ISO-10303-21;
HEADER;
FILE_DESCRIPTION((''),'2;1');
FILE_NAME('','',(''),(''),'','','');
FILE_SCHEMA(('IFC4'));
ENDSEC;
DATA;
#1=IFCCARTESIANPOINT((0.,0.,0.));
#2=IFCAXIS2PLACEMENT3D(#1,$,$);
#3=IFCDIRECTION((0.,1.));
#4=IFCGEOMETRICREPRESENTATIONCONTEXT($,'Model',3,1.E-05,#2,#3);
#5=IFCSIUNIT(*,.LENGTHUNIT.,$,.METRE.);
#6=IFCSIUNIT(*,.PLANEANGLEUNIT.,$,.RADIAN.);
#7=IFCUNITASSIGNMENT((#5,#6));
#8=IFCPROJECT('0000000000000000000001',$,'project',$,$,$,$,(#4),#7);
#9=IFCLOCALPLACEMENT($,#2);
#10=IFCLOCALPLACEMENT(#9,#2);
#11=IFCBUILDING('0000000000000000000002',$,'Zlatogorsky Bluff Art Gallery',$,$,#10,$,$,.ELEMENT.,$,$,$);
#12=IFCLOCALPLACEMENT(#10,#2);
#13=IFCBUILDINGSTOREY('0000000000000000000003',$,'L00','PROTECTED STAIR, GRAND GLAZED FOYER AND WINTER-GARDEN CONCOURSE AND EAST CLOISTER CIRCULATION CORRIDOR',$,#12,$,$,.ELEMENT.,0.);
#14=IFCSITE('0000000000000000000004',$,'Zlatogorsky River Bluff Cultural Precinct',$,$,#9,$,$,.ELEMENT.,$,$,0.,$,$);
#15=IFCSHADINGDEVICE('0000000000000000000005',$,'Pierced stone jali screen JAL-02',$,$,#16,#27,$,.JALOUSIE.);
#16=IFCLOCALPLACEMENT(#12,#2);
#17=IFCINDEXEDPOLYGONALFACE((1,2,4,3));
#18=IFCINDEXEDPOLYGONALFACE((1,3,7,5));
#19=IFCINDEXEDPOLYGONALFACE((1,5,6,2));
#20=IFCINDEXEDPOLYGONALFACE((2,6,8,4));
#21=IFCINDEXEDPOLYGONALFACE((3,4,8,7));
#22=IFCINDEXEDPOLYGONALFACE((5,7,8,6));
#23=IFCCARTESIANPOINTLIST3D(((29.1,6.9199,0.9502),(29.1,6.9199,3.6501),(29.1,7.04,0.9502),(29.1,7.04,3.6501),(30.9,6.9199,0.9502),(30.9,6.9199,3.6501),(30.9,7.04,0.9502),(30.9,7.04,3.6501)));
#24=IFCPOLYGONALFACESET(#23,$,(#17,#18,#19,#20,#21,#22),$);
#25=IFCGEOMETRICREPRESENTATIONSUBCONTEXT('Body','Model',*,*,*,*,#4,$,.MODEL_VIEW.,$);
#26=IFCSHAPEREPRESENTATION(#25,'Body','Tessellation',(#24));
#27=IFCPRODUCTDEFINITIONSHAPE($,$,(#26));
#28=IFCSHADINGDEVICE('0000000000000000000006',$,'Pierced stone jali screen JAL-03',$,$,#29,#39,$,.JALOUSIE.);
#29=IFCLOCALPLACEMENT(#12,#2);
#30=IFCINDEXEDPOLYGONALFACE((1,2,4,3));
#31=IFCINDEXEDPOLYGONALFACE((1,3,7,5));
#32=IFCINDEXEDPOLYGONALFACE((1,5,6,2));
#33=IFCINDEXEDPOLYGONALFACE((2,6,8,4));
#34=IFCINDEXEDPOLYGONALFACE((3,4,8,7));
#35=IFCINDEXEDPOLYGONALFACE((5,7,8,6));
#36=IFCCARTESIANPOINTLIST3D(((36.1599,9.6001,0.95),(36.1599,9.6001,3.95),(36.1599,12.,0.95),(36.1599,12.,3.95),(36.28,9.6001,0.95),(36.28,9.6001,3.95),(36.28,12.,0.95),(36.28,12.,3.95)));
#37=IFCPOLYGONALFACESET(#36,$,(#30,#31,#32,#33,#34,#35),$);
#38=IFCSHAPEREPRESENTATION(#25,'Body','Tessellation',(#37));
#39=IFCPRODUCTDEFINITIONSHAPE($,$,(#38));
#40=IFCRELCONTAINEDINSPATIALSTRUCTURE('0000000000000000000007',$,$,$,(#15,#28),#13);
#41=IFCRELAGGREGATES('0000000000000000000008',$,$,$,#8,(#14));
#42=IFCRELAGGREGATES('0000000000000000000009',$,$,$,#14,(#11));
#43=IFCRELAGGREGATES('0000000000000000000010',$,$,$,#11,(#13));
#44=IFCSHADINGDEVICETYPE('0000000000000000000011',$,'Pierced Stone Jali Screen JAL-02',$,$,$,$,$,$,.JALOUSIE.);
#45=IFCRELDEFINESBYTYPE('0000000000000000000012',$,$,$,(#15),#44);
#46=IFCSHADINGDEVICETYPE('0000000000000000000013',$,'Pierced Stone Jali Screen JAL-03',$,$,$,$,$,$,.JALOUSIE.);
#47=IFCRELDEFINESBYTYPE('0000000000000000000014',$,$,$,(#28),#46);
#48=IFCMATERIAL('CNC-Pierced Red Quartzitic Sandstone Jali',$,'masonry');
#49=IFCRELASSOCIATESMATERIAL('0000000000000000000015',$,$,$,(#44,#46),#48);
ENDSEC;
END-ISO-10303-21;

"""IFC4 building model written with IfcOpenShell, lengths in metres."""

from ifc_helpers import new_model, si_unit, direction, frame, origin, origin_2d, place, context, subcontext, project, spatial, rectangle, extrude, material, type_object, element, save


model = new_model("IFC4")

# Units and contexts
model_context = context("Model", 3, precision=1e-05, world=origin(), true_north=direction((0.0, 1.0)))
body_context = subcontext(model_context, "Body", "Model", "MODEL_VIEW")
ifc_project = project(units=[si_unit("LENGTHUNIT", "METRE"), si_unit("PLANEANGLEUNIT", "RADIAN")], contexts=[model_context])

# Site, building, storey
site_placement = place(None, origin())
site = spatial("IfcSite", under=ifc_project, at=site_placement, Name="Zlatogorsky River Bluff Cultural Precinct", CompositionType="ELEMENT", RefElevation=0.0)
building_placement = place(site_placement, origin())
building = spatial("IfcBuilding", under=site, at=building_placement, Name="Zlatogorsky Bluff Art Gallery", CompositionType="ELEMENT")
storey_placement = place(building_placement, origin())
storey = spatial("IfcBuildingStorey", under=building, at=storey_placement, Name="L00", Description="PROTECTED STAIR, GRAND GLAZED FOYER AND WINTER-GARDEN CONCOURSE AND EAST CLOISTER CIRCULATION CORRIDOR", CompositionType="ELEMENT", Elevation=0.0)

# Shading devices
ifc_material_1 = material(Name="CNC-Pierced Red Quartzitic Sandstone Jali", Category="masonry")
shading_device_type_1 = type_object("IfcShadingDeviceType", Name="Pierced Stone Jali Screen JAL-02", PredefinedType="JALOUSIE", material=ifc_material_1)
shading_device_1_placement = place(storey_placement, frame((30.0, 6.98, 0.9502), z_axis=(0.0, 0.0, 1.0), x_axis=(1.0, 0.0, 0.0)))
element("IfcShadingDevice", 1, at=shading_device_1_placement, inside=storey, type_object=shading_device_type_1, Name="Pierced stone jali screen JAL-02", PredefinedType="JALOUSIE", context=body_context, shape_type="SweptSolid", body=[
    extrude(rectangle(XDim=1.8, YDim=0.1201, at=origin_2d()), origin(), (0.0, 0.0, 1.0), 2.7),
])
shading_device_type_2 = type_object("IfcShadingDeviceType", Name="Pierced Stone Jali Screen JAL-03", PredefinedType="JALOUSIE", material=ifc_material_1)
shading_device_2_placement = place(storey_placement, frame((36.22, 10.8, 0.95), z_axis=(0.0, 0.0, 1.0), x_axis=(1.0, 0.0, 0.0)))
element("IfcShadingDevice", 2, at=shading_device_2_placement, inside=storey, type_object=shading_device_type_2, Name="Pierced stone jali screen JAL-03", PredefinedType="JALOUSIE", context=body_context, shape_type="SweptSolid", body=[
    extrude(rectangle(XDim=0.1201, YDim=2.3999, at=origin_2d()), origin(), (0.0, 0.0, 1.0), 3.0),
])

save(model, "model.ifc")
